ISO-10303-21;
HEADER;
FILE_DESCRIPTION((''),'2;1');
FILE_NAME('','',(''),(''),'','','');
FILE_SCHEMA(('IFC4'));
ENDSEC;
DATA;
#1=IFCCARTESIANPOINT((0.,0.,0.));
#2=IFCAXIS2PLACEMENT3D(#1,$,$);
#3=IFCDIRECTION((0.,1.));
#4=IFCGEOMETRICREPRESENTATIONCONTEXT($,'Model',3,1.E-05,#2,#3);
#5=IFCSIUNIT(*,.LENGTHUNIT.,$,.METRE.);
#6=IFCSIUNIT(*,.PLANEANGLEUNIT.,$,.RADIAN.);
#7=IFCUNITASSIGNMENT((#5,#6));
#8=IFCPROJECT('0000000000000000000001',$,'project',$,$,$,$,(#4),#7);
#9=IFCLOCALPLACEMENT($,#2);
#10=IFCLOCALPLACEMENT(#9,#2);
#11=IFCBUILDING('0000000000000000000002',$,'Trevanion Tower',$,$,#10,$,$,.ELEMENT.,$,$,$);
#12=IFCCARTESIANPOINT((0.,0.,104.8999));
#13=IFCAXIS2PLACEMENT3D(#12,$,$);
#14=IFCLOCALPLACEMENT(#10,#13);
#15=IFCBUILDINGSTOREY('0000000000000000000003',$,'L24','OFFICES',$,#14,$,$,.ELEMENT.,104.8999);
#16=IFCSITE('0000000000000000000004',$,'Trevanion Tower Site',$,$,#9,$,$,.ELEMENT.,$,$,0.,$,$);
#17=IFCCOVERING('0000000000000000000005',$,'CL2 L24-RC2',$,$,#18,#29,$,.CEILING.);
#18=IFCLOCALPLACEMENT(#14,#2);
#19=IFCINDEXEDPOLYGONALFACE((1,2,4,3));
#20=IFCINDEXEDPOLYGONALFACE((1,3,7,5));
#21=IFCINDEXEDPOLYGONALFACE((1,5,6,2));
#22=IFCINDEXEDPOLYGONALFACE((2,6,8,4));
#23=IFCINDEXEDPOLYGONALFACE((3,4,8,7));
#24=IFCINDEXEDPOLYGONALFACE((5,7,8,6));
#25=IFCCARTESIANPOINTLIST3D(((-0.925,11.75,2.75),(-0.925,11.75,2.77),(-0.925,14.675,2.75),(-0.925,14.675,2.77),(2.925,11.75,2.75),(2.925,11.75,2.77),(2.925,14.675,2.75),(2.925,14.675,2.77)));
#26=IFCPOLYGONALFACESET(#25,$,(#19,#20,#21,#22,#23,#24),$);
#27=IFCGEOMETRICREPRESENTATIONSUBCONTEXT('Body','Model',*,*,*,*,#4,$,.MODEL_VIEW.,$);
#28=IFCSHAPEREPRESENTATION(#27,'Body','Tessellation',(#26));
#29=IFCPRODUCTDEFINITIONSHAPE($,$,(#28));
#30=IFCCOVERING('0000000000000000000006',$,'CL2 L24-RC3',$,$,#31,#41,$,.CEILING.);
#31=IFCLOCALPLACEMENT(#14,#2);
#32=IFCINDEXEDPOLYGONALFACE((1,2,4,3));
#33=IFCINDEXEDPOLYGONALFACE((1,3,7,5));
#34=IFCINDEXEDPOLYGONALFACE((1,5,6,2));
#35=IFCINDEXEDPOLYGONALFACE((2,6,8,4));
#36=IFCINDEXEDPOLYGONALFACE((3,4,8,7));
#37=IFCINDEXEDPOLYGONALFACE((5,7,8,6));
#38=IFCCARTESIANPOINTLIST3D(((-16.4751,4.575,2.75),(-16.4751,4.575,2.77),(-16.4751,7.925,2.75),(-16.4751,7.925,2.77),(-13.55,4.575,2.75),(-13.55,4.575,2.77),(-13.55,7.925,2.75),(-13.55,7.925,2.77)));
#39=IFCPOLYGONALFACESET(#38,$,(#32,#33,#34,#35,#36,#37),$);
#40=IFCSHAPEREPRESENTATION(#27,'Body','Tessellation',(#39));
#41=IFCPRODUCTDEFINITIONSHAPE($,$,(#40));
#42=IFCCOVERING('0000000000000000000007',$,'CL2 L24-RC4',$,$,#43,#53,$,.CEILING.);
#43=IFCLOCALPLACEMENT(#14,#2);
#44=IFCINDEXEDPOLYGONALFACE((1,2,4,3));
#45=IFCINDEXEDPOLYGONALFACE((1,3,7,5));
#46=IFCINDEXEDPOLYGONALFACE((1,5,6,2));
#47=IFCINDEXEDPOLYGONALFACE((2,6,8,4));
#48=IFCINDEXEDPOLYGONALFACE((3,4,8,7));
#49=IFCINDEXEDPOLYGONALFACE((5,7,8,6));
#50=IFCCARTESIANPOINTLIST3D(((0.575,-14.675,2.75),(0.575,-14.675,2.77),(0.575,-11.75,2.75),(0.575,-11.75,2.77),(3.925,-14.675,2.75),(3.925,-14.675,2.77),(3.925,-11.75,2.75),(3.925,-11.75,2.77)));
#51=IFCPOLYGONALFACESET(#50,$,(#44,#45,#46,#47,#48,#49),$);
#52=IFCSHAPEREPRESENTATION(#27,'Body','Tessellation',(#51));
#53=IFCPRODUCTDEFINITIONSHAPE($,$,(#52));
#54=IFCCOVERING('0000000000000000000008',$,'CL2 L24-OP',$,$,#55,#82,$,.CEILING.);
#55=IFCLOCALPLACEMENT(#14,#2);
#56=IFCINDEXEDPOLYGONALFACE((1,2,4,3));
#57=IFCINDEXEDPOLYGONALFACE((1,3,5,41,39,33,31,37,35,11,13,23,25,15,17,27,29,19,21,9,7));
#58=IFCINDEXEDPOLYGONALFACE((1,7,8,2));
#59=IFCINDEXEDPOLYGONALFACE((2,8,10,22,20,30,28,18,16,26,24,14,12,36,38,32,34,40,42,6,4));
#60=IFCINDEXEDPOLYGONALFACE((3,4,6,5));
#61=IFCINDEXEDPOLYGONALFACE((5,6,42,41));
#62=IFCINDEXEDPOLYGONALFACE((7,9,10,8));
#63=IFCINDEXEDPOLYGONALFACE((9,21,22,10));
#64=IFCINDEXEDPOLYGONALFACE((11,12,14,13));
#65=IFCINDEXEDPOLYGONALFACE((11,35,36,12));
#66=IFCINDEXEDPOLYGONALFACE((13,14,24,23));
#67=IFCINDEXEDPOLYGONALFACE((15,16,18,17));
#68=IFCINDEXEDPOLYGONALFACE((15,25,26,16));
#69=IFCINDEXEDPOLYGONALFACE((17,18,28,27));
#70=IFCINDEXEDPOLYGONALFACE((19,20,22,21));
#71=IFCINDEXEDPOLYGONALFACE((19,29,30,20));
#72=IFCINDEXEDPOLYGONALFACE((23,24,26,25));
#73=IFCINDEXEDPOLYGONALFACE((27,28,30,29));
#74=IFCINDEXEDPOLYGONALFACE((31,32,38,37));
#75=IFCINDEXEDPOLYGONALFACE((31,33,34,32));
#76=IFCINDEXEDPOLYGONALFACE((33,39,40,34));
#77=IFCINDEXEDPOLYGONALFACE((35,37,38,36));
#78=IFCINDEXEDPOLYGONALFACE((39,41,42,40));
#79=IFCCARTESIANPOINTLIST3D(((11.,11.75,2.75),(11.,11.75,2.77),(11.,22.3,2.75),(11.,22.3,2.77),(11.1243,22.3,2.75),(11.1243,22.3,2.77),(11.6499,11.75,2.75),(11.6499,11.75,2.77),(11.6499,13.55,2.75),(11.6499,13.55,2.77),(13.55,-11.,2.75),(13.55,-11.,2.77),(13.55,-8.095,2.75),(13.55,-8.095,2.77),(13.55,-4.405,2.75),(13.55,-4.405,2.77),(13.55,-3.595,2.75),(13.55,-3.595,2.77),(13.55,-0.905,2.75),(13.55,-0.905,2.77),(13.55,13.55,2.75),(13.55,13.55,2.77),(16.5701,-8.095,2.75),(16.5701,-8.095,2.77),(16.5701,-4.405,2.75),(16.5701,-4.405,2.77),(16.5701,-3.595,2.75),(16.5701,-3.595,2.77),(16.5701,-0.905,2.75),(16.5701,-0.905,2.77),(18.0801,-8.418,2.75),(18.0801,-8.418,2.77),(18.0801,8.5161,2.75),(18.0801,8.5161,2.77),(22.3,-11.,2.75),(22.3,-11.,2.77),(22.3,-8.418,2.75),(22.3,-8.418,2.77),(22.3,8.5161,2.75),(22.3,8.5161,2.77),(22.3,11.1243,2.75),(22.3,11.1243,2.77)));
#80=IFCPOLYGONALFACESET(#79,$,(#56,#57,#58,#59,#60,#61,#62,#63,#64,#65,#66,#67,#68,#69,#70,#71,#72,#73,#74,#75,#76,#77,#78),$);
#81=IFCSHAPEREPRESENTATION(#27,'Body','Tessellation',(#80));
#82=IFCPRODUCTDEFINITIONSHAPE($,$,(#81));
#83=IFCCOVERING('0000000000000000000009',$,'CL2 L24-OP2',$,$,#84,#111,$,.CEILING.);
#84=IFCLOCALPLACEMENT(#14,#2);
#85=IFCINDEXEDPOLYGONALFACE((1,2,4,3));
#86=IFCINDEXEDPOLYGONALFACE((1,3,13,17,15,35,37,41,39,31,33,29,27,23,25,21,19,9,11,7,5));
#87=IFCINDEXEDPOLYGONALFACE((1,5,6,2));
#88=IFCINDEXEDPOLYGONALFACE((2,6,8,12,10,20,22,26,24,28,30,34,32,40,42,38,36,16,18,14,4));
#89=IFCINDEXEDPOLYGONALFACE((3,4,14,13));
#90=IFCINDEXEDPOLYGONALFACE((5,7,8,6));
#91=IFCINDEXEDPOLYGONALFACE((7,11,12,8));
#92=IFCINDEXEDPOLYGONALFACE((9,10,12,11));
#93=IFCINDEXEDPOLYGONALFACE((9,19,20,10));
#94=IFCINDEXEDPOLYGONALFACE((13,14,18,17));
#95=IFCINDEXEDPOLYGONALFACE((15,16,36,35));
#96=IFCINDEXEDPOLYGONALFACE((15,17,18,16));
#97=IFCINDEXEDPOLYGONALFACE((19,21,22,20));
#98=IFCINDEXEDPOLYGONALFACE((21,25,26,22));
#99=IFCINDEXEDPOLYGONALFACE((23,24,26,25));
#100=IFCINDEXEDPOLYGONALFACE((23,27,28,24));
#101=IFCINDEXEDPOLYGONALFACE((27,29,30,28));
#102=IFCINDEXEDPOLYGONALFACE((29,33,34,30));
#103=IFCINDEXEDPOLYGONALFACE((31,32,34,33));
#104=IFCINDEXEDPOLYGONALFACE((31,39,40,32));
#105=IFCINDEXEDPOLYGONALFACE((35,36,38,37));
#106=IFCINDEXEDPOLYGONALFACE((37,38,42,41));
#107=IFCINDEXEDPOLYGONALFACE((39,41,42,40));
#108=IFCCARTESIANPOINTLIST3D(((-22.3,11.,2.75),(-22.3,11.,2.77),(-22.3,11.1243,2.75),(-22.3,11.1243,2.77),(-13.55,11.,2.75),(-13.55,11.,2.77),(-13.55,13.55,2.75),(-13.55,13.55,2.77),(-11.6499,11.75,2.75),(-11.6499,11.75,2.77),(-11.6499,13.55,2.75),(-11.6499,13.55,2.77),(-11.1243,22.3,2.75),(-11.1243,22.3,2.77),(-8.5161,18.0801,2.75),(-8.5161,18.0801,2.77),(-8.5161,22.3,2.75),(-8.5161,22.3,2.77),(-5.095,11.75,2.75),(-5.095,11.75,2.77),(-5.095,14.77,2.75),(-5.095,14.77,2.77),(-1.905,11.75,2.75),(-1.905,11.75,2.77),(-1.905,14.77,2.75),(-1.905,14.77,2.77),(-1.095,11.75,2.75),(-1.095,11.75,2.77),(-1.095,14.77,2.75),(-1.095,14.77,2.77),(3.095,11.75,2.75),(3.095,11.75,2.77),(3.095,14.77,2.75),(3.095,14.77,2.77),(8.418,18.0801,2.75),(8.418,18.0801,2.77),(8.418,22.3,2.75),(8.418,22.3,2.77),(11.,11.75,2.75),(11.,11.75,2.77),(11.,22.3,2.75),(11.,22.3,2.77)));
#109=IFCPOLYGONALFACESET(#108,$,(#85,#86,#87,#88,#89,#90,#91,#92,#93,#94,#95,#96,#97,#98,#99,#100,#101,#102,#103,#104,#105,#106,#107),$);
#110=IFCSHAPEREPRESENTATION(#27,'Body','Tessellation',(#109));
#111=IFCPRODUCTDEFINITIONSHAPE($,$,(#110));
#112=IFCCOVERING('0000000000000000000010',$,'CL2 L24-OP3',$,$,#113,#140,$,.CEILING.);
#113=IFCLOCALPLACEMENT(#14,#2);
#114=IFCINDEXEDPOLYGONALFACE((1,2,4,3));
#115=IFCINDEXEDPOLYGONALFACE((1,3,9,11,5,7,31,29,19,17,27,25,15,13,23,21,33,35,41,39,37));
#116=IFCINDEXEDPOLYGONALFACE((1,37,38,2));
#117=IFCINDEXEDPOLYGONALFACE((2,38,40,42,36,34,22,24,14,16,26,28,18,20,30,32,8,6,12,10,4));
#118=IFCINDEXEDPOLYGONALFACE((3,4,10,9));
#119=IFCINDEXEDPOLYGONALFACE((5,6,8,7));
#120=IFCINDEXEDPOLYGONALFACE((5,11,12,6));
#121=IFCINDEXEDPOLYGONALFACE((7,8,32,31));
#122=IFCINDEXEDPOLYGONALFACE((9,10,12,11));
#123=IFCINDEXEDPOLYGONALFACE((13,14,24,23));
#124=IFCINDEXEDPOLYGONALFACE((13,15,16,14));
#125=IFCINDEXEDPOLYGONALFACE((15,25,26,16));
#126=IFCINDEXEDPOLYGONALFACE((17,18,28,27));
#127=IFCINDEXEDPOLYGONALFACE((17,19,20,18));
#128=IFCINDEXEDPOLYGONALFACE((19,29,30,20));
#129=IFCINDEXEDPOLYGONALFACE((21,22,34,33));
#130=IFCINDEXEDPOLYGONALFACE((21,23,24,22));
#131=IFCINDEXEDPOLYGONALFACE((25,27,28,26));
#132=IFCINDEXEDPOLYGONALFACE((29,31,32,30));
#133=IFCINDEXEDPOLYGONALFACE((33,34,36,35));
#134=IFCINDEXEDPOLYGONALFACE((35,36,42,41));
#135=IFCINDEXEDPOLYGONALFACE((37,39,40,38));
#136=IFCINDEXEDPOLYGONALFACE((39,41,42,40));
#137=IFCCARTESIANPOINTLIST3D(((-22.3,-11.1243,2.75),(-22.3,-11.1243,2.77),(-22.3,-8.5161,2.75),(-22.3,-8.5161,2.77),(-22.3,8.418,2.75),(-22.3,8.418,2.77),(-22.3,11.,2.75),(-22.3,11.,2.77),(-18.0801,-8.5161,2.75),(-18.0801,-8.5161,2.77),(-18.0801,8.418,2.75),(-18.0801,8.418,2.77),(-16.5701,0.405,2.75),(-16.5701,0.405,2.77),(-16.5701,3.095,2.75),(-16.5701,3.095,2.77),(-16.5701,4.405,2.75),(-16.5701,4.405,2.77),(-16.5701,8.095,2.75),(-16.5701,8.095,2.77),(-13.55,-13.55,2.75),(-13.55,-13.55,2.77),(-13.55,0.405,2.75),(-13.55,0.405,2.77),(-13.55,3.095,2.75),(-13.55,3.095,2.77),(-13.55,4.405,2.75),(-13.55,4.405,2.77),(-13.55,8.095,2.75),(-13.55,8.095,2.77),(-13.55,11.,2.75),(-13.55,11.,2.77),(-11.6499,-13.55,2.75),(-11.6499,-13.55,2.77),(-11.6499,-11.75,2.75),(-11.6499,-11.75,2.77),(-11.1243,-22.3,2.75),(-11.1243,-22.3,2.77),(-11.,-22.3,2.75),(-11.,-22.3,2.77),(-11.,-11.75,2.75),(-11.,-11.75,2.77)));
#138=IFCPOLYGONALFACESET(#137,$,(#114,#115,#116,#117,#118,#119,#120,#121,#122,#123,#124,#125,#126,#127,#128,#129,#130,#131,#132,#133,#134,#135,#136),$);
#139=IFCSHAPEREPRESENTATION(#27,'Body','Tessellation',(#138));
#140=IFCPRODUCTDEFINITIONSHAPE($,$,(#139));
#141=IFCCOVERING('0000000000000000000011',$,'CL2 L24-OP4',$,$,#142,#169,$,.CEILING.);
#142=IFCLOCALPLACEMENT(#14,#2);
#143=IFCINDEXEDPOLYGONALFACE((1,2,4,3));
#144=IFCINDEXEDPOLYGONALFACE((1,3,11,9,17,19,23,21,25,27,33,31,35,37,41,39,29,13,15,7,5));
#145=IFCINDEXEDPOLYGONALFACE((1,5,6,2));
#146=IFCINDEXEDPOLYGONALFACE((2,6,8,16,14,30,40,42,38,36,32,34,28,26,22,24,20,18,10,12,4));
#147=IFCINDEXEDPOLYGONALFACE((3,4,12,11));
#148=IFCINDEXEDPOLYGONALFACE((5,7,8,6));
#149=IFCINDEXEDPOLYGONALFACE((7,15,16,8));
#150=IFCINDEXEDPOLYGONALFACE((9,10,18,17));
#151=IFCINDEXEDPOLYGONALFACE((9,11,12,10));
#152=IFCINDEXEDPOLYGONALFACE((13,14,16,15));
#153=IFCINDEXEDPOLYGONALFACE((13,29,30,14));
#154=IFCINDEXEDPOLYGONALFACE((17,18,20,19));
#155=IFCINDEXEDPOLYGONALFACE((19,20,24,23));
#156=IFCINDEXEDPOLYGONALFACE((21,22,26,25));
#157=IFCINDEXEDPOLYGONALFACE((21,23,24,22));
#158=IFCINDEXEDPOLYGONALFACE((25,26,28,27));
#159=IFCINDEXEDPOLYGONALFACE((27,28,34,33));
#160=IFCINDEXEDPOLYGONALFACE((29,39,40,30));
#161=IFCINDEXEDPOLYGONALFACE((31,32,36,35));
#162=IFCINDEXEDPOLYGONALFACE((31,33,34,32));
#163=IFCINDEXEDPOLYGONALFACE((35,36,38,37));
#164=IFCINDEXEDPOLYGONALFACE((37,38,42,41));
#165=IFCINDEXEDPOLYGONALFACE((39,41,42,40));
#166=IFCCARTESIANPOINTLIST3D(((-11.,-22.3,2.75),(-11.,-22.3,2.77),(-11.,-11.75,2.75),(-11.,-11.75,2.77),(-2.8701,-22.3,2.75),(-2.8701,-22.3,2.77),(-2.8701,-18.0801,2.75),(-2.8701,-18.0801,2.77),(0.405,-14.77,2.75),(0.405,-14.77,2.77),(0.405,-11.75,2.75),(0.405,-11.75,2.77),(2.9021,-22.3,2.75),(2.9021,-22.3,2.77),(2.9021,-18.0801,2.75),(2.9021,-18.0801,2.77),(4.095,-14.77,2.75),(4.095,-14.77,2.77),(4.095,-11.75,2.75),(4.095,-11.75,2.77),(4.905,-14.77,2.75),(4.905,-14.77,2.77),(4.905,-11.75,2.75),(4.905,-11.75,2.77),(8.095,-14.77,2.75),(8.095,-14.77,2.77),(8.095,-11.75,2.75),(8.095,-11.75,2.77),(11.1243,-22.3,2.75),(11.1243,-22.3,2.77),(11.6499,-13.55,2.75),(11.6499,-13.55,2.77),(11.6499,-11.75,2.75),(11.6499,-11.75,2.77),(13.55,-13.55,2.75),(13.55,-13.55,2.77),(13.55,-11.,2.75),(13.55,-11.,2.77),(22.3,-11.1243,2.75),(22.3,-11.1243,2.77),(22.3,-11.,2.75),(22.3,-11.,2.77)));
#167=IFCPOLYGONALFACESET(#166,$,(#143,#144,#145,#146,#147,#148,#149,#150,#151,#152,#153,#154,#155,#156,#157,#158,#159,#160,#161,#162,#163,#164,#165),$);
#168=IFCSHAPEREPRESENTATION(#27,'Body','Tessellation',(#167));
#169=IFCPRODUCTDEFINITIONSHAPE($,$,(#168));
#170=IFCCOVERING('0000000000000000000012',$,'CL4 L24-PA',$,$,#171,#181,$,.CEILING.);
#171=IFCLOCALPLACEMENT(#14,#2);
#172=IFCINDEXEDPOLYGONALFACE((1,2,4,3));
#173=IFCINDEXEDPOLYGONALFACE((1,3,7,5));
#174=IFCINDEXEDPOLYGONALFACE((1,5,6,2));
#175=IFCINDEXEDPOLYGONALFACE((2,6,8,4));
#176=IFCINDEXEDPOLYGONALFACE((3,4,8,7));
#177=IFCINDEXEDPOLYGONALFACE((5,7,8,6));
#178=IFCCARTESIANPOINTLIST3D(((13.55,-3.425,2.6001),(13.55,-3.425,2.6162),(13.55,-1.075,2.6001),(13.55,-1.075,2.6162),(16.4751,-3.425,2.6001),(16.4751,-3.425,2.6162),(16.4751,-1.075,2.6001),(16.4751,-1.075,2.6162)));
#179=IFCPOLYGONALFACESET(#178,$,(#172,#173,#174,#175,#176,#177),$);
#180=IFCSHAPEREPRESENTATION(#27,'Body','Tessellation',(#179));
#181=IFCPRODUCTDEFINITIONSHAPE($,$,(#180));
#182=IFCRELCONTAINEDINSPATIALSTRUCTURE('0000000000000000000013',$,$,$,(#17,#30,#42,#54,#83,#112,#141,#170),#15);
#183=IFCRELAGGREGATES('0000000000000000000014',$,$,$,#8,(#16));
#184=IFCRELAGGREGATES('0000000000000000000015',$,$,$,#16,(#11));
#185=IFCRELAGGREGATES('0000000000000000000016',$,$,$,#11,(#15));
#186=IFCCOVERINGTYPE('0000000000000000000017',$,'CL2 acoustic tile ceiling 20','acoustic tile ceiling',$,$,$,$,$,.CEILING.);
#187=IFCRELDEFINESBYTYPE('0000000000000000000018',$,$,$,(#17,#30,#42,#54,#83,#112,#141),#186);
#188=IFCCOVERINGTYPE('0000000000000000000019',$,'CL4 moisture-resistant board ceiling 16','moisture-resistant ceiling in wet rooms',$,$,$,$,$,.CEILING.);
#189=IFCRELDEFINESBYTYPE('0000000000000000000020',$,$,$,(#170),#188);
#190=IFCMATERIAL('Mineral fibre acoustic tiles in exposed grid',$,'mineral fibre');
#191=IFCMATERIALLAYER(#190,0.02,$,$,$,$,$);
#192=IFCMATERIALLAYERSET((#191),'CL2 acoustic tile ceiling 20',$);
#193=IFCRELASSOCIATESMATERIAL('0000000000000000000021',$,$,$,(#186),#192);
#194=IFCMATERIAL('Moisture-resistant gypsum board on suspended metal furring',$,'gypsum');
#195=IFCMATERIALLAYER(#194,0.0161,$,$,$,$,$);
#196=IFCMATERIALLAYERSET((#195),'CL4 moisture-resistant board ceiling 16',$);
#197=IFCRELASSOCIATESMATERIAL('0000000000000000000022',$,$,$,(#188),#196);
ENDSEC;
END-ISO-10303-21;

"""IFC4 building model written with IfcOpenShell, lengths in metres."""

from ifc_helpers import new_model, si_unit, direction, frame, origin, place, context, subcontext, project, spatial, polyline, outline, extrude, material, layer, layer_set, type_object, element, save


model = new_model("IFC4")

# Units and contexts
model_context = context("Model", 3, precision=1e-05, world=origin(), true_north=direction((0.0, 1.0)))
body_context = subcontext(model_context, "Body", "Model", "MODEL_VIEW")
ifc_project = project(units=[si_unit("LENGTHUNIT", "METRE"), si_unit("PLANEANGLEUNIT", "RADIAN")], contexts=[model_context])

# Site, building, storey
site_placement = place(None, origin())
site = spatial("IfcSite", under=ifc_project, at=site_placement, Name="Trevanion Tower Site", CompositionType="ELEMENT", RefElevation=0.0)
building_placement = place(site_placement, origin())
building = spatial("IfcBuilding", under=site, at=building_placement, Name="Trevanion Tower", CompositionType="ELEMENT")
storey_placement = place(building_placement, frame((0.0, 0.0, 104.8999)))
storey = spatial("IfcBuildingStorey", under=building, at=storey_placement, Name="L24", Description="OFFICES", CompositionType="ELEMENT", Elevation=104.8999)

# Coverings
ifc_material_1 = material(Name="Mineral fibre acoustic tiles in exposed grid", Category="mineral fibre")
ifc_layer_1 = layer(ifc_material_1, 0.02)
ifc_layer_set_1 = layer_set([ifc_layer_1], Name="CL2 acoustic tile ceiling 20")
covering_type_1 = type_object("IfcCoveringType", Name="CL2 acoustic tile ceiling 20", Description="acoustic tile ceiling", PredefinedType="CEILING", material=ifc_layer_set_1)
covering_1_placement = place(storey_placement, frame((0.0, 0.0, 2.75)))
element("IfcCovering", 1, at=covering_1_placement, inside=storey, type_object=covering_type_1, Name="CL2 L24-RC2", PredefinedType="CEILING", context=body_context, shape_type="SweptSolid", body=[
    extrude(outline(polyline([(-0.925, 14.675), (2.925, 14.675), (2.925, 11.75), (-0.925, 11.75), (-0.925, 14.675)])), origin(), (0.0, 0.0, 1.0), 0.02),
])
covering_2_placement = place(storey_placement, frame((0.0, 0.0, 2.75)))
element("IfcCovering", 2, at=covering_2_placement, inside=storey, type_object=covering_type_1, Name="CL2 L24-RC3", PredefinedType="CEILING", context=body_context, shape_type="SweptSolid", body=[
    extrude(outline(polyline([(-13.55, 7.925), (-13.55, 4.575), (-16.4751, 4.575), (-16.4751, 7.925), (-13.55, 7.925)])), origin(), (0.0, 0.0, 1.0), 0.02),
])
covering_3_placement = place(storey_placement, frame((0.0, 0.0, 2.75)))
element("IfcCovering", 3, at=covering_3_placement, inside=storey, type_object=covering_type_1, Name="CL2 L24-RC4", PredefinedType="CEILING", context=body_context, shape_type="SweptSolid", body=[
    extrude(outline(polyline([(3.925, -14.675), (0.575, -14.675), (0.575, -11.75), (3.925, -11.75), (3.925, -14.675)])), origin(), (0.0, 0.0, 1.0), 0.02),
])
covering_4_placement = place(storey_placement, frame((0.0, 0.0, 2.75)))
element("IfcCovering", 4, at=covering_4_placement, inside=storey, type_object=covering_type_1, Name="CL2 L24-OP", PredefinedType="CEILING", context=body_context, shape_type="SweptSolid", body=[
    extrude(outline(polyline([(13.55, -8.095), (16.5701, -8.095), (16.5701, -4.405), (13.55, -4.405), (13.55, -3.595), (16.5701, -3.595), (16.5701, -0.905), (13.55, -0.905), (13.55, 13.55), (11.6499, 13.55), (11.6499, 11.75), (11.0, 11.75), (11.0, 22.3), (11.1243, 22.3), (22.3, 11.1243), (22.3, 8.5161), (18.0801, 8.5161), (18.0801, -8.418), (22.3, -8.418), (22.3, -11.0), (13.55, -11.0), (13.55, -8.095)])), origin(), (0.0, 0.0, 1.0), 0.02),
])
covering_5_placement = place(storey_placement, frame((0.0, 0.0, 2.75)))
element("IfcCovering", 5, at=covering_5_placement, inside=storey, type_object=covering_type_1, Name="CL2 L24-OP2", PredefinedType="CEILING", context=body_context, shape_type="SweptSolid", body=[
    extrude(outline(polyline([(3.095, 11.75), (3.095, 14.77), (-1.095, 14.77), (-1.095, 11.75), (-1.905, 11.75), (-1.905, 14.77), (-5.095, 14.77), (-5.095, 11.75), (-11.6499, 11.75), (-11.6499, 13.55), (-13.55, 13.55), (-13.55, 11.0), (-22.3, 11.0), (-22.3, 11.1243), (-11.1243, 22.3), (-8.5161, 22.3), (-8.5161, 18.0801), (8.418, 18.0801), (8.418, 22.3), (11.0, 22.3), (11.0, 11.75), (3.095, 11.75)])), origin(), (0.0, 0.0, 1.0), 0.02),
])
covering_6_placement = place(storey_placement, frame((0.0, 0.0, 2.75)))
element("IfcCovering", 6, at=covering_6_placement, inside=storey, type_object=covering_type_1, Name="CL2 L24-OP3", PredefinedType="CEILING", context=body_context, shape_type="SweptSolid", body=[
    extrude(outline(polyline([(-13.55, 8.095), (-16.5701, 8.095), (-16.5701, 4.405), (-13.55, 4.405), (-13.55, 3.095), (-16.5701, 3.095), (-16.5701, 0.405), (-13.55, 0.405), (-13.55, -13.55), (-11.6499, -13.55), (-11.6499, -11.75), (-11.0, -11.75), (-11.0, -22.3), (-11.1243, -22.3), (-22.3, -11.1243), (-22.3, -8.5161), (-18.0801, -8.5161), (-18.0801, 8.418), (-22.3, 8.418), (-22.3, 11.0), (-13.55, 11.0), (-13.55, 8.095)])), origin(), (0.0, 0.0, 1.0), 0.02),
])
covering_7_placement = place(storey_placement, frame((0.0, 0.0, 2.75)))
element("IfcCovering", 7, at=covering_7_placement, inside=storey, type_object=covering_type_1, Name="CL2 L24-OP4", PredefinedType="CEILING", context=body_context, shape_type="SweptSolid", body=[
    extrude(outline(polyline([(0.405, -11.75), (0.405, -14.77), (4.095, -14.77), (4.095, -11.75), (4.905, -11.75), (4.905, -14.77), (8.095, -14.77), (8.095, -11.75), (11.6499, -11.75), (11.6499, -13.55), (13.55, -13.55), (13.55, -11.0), (22.3, -11.0), (22.3, -11.1243), (11.1243, -22.3), (2.9021, -22.3), (2.9021, -18.0801), (-2.8701, -18.0801), (-2.8701, -22.3), (-11.0, -22.3), (-11.0, -11.75), (0.405, -11.75)])), origin(), (0.0, 0.0, 1.0), 0.02),
])
ifc_material_2 = material(Name="Moisture-resistant gypsum board on suspended metal furring", Category="gypsum")
ifc_layer_2 = layer(ifc_material_2, 0.0161)
ifc_layer_set_2 = layer_set([ifc_layer_2], Name="CL4 moisture-resistant board ceiling 16")
covering_type_2 = type_object("IfcCoveringType", Name="CL4 moisture-resistant board ceiling 16", Description="moisture-resistant ceiling in wet rooms", PredefinedType="CEILING", material=ifc_layer_set_2)
covering_8_placement = place(storey_placement, frame((0.0, 0.0, 2.6001)))
element("IfcCovering", 8, at=covering_8_placement, inside=storey, type_object=covering_type_2, Name="CL4 L24-PA", PredefinedType="CEILING", context=body_context, shape_type="SweptSolid", body=[
    extrude(outline(polyline([(13.55, -3.425), (13.55, -1.075), (16.4751, -1.075), (16.4751, -3.425), (13.55, -3.425)])), origin(), (0.0, 0.0, 1.0), 0.0161),
])

save(model, "model.ifc")
